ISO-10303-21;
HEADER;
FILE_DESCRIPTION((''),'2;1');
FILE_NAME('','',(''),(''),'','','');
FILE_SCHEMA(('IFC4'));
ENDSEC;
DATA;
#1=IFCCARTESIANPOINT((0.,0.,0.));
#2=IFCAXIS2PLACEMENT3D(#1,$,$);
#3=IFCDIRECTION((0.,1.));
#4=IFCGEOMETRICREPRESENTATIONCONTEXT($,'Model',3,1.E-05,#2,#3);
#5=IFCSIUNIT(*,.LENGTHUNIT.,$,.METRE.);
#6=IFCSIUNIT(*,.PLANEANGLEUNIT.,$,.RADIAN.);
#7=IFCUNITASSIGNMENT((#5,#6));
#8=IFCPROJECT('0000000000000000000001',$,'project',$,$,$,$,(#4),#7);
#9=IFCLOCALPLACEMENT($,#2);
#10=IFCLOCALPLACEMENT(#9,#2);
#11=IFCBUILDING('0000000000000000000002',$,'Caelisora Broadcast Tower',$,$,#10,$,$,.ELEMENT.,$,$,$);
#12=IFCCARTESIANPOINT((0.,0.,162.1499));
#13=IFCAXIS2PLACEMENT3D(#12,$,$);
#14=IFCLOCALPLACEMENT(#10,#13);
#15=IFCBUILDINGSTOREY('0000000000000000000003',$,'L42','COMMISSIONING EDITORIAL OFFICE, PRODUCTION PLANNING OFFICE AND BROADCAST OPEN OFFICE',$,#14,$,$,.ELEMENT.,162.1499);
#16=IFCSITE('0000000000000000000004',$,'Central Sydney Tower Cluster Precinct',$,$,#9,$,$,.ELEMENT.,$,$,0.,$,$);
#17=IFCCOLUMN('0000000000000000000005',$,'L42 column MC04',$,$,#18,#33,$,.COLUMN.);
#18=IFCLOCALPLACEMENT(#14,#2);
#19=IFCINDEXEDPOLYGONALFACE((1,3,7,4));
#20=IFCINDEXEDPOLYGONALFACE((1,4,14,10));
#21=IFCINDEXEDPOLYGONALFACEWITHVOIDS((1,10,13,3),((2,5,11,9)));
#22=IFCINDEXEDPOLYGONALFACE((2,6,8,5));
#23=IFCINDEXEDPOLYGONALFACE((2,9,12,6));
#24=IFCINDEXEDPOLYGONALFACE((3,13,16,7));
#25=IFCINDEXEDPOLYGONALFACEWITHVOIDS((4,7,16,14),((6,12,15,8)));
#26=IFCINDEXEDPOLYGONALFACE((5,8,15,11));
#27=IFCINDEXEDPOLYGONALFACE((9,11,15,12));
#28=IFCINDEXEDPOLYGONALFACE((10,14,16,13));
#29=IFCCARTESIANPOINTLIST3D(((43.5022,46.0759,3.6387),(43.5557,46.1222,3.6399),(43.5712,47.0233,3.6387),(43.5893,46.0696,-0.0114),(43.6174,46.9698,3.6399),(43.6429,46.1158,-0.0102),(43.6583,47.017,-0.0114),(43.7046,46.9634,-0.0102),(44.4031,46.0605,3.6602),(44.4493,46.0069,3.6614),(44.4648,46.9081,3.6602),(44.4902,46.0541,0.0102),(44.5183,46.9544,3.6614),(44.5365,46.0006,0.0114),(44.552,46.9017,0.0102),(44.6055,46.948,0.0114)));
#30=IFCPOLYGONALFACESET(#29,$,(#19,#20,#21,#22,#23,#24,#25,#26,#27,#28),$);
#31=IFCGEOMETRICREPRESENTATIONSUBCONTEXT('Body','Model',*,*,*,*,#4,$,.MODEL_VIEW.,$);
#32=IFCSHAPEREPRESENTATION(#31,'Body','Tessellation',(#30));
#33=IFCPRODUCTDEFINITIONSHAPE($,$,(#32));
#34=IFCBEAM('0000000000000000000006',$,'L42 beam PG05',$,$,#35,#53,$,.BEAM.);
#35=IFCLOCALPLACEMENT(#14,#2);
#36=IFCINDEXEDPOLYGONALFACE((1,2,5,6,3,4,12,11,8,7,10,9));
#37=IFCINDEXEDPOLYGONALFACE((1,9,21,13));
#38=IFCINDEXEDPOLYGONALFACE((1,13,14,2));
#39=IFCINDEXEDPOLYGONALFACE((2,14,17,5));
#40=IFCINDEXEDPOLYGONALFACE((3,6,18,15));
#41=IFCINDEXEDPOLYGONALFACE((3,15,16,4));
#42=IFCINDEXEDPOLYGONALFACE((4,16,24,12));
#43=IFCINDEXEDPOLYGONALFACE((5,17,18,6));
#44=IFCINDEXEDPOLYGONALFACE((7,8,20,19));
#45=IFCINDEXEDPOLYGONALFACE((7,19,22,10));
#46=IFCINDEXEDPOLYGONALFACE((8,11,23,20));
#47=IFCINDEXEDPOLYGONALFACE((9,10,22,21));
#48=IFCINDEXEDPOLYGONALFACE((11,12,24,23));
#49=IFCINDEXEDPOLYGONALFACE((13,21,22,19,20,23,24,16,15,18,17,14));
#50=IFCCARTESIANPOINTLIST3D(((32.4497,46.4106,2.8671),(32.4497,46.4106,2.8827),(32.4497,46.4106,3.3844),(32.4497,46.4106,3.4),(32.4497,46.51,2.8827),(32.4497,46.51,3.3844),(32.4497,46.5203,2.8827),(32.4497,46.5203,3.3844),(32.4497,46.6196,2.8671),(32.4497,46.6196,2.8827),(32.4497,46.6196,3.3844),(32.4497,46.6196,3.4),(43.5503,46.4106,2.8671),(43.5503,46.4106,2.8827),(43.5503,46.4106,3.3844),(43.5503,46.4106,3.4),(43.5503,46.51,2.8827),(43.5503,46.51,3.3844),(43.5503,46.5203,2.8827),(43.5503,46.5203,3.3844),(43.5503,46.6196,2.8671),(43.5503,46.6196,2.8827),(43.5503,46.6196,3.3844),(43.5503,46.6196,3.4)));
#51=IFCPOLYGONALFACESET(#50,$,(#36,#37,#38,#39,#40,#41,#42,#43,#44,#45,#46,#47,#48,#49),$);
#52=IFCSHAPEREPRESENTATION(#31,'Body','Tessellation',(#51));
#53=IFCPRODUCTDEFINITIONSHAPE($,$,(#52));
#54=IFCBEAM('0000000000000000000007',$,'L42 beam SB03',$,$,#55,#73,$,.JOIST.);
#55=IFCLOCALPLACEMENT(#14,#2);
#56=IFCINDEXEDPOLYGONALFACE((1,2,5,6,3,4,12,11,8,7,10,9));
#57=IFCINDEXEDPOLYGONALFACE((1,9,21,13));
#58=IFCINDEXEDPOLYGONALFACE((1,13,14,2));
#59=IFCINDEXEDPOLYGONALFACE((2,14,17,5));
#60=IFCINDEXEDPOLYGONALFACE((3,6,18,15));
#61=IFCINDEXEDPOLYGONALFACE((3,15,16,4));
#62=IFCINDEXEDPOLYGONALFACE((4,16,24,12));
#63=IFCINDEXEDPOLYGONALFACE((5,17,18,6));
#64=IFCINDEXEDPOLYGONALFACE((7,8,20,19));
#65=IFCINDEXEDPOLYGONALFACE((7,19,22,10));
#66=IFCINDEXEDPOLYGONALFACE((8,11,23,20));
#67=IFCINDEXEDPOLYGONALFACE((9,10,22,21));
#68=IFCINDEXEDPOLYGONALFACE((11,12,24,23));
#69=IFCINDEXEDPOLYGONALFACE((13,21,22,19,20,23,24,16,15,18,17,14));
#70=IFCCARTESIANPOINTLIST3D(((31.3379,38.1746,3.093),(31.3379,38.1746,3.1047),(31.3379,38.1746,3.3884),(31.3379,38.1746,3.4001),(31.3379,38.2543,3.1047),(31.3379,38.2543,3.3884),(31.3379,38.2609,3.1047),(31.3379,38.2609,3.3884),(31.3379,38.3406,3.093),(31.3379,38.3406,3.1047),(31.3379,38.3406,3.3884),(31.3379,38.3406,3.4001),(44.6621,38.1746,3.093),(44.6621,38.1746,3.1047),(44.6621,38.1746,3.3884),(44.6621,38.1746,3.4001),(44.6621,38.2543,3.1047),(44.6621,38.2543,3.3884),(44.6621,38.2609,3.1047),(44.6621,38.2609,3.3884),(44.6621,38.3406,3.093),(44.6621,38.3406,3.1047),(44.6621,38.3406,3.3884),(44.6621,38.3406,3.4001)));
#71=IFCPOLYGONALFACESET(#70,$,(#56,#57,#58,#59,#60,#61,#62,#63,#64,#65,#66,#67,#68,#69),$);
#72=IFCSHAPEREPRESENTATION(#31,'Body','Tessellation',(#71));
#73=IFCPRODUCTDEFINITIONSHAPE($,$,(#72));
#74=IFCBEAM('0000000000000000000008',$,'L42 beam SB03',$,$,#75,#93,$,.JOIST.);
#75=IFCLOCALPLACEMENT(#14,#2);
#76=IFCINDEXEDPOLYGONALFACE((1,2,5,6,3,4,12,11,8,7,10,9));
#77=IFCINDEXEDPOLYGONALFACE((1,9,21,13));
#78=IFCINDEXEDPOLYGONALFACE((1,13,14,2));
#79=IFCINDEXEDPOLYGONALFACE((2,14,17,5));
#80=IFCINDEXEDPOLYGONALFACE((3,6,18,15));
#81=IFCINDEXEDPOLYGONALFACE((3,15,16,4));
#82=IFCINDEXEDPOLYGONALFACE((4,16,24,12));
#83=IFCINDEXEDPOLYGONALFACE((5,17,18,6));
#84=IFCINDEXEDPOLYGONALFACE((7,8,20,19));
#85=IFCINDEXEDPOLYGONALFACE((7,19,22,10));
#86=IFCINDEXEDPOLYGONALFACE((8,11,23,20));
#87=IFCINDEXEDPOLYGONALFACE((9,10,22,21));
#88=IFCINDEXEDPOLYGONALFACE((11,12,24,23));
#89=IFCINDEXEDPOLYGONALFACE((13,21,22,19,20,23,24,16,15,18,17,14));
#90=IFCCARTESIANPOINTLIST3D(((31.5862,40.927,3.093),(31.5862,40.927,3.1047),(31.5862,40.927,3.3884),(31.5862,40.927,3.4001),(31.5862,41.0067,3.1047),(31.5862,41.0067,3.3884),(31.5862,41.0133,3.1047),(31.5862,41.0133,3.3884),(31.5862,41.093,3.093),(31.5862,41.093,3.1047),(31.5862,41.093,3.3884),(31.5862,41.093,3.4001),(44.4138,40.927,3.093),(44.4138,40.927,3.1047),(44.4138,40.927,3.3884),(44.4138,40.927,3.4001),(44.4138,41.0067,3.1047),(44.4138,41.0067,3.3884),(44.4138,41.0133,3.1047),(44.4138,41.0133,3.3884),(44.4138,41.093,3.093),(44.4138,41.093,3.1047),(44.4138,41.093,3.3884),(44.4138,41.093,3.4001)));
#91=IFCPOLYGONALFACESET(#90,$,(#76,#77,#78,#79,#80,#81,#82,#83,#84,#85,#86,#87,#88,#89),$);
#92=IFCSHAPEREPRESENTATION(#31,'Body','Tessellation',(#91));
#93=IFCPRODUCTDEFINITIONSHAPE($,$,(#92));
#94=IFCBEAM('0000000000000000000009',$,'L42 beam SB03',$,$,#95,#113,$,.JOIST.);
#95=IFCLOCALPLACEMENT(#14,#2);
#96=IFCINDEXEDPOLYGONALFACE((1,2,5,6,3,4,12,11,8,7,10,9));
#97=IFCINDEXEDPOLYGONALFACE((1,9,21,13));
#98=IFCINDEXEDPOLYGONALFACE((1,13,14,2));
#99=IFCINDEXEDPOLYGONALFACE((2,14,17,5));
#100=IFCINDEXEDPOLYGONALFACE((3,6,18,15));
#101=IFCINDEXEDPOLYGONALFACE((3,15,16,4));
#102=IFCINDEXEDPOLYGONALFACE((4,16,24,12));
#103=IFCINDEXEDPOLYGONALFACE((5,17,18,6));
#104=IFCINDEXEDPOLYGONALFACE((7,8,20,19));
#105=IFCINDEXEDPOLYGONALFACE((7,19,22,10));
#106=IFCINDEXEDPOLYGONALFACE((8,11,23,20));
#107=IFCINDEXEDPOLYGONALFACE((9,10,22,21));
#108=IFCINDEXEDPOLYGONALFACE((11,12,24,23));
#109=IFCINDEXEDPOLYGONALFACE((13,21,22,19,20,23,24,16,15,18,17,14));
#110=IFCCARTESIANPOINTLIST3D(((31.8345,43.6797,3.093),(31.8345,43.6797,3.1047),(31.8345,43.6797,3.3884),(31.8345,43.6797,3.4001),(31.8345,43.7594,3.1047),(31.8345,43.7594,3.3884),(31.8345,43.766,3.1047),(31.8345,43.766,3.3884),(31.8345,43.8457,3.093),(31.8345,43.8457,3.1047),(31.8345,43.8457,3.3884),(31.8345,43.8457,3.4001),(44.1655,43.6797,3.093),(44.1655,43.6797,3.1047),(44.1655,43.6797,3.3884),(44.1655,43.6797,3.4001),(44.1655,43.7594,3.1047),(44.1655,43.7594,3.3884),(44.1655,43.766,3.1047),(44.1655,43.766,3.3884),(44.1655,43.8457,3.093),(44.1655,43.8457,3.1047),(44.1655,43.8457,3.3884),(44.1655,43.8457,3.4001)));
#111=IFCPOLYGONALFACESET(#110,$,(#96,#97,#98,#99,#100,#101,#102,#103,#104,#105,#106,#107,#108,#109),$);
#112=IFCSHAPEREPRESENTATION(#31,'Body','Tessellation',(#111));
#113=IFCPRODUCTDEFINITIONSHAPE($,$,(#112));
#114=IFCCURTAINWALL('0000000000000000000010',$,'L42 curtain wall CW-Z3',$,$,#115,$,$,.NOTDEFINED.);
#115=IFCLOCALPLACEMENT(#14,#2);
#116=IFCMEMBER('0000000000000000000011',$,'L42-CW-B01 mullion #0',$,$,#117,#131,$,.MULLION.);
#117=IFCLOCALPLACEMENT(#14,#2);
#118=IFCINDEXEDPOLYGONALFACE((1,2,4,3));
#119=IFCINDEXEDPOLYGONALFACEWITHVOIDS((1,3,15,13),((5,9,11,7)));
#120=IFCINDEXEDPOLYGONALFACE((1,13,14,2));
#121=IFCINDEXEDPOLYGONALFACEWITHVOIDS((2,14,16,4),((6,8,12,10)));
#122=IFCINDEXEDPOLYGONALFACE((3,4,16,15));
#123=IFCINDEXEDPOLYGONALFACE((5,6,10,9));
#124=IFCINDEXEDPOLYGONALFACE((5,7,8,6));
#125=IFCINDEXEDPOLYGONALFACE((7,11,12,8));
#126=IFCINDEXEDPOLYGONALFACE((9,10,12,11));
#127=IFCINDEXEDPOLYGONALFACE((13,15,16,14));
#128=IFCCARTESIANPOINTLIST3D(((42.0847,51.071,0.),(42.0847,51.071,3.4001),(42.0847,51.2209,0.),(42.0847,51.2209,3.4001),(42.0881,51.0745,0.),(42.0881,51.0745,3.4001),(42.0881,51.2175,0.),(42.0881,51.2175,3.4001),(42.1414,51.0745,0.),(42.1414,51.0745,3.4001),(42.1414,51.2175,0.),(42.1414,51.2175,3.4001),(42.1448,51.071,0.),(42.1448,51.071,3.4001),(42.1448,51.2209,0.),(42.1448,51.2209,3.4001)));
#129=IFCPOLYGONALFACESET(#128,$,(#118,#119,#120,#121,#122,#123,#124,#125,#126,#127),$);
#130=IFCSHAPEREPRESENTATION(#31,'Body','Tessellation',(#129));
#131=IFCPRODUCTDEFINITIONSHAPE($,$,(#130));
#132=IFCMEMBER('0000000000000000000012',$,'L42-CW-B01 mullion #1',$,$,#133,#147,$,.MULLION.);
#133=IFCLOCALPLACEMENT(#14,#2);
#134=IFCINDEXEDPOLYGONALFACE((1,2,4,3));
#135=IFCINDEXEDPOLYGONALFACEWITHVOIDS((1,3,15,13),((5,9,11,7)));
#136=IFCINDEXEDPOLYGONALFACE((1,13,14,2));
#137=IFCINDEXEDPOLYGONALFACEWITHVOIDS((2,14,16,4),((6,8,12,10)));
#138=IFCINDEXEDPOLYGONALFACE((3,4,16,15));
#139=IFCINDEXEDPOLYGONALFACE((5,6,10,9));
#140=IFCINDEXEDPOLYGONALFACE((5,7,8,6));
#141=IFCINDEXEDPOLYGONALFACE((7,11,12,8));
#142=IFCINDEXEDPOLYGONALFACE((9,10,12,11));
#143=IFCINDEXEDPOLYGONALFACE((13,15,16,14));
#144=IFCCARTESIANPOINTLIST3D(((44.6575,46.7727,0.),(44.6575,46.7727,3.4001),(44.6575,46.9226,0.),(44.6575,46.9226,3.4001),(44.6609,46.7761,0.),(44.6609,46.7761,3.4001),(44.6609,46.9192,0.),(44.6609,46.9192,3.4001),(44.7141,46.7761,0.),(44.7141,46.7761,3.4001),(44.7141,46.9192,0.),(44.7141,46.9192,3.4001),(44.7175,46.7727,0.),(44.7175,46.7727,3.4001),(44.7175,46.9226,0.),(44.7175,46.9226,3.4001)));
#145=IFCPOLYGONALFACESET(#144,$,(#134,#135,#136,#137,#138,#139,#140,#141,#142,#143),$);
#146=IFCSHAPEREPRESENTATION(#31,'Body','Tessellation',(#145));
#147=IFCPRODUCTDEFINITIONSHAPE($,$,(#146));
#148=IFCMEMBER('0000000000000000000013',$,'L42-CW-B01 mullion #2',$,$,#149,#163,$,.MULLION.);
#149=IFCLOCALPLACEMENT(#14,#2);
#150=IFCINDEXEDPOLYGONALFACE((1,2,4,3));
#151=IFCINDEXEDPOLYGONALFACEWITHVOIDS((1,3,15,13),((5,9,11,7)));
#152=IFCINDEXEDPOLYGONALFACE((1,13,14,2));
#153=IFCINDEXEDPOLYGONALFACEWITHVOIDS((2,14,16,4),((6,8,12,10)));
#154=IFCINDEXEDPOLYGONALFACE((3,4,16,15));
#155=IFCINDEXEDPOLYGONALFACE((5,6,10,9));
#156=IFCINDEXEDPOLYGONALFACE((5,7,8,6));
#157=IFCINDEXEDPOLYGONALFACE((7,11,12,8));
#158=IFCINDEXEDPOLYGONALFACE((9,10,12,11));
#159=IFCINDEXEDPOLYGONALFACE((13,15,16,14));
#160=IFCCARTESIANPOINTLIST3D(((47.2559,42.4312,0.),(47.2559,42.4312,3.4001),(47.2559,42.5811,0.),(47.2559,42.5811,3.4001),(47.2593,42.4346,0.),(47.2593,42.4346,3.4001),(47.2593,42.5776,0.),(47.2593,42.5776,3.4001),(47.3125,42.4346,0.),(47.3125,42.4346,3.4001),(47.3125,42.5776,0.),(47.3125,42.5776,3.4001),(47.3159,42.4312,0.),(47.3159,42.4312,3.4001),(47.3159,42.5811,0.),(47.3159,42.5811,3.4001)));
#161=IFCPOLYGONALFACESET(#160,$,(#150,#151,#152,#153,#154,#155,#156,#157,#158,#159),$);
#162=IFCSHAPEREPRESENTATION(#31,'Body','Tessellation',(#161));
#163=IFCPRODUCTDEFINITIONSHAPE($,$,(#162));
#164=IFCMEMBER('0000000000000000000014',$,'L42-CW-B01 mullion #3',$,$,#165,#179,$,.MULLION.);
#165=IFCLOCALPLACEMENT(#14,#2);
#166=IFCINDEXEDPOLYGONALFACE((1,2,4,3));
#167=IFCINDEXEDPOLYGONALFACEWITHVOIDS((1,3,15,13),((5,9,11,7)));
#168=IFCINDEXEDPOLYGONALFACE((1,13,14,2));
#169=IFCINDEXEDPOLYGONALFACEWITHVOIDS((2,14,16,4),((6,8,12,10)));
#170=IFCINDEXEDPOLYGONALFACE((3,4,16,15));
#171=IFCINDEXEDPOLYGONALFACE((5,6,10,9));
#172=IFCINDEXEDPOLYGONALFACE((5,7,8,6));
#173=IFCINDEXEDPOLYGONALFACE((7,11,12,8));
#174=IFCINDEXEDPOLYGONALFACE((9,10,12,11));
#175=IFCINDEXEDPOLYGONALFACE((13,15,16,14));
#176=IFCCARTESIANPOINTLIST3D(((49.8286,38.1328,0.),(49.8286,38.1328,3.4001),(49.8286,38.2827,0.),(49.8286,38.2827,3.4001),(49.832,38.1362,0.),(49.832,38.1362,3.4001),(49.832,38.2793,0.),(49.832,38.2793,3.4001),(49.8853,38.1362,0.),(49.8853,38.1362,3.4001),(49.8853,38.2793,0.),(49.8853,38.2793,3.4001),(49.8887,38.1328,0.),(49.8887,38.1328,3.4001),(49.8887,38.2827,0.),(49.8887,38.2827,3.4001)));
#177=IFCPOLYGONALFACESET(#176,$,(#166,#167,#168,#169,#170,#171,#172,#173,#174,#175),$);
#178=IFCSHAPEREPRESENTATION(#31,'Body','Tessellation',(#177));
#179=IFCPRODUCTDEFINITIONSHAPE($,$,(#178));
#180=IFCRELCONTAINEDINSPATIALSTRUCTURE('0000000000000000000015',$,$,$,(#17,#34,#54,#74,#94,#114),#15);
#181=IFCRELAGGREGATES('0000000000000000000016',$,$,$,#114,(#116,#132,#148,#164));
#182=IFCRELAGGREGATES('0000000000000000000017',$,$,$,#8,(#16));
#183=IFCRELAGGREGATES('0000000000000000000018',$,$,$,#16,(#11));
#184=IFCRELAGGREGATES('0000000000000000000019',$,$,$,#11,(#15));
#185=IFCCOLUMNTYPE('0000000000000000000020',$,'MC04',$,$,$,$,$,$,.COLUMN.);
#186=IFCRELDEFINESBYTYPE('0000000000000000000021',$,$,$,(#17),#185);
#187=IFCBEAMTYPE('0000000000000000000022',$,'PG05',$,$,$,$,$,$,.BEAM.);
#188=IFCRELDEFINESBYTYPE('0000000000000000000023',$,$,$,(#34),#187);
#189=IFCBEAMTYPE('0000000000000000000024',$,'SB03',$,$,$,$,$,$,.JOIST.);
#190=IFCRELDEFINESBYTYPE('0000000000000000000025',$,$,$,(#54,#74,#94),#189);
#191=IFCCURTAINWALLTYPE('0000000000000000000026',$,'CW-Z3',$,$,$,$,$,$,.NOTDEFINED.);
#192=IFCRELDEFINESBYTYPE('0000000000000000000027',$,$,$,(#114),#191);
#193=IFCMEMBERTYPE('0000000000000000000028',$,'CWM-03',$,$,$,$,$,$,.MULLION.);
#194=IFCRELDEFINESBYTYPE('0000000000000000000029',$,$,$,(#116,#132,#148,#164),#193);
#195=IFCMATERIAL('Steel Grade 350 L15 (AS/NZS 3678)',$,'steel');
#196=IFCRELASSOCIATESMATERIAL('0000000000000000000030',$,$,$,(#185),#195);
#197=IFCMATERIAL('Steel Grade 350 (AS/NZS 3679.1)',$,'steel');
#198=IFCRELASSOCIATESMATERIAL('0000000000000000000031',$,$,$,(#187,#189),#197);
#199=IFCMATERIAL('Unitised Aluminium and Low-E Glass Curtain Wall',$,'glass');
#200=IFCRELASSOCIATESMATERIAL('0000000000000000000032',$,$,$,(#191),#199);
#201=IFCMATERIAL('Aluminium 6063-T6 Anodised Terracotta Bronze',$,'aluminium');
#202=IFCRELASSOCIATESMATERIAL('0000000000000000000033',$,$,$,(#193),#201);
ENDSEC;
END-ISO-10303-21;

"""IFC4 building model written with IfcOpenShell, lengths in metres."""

from ifc_helpers import new_model, si_unit, direction, frame, origin, origin_2d, place, context, subcontext, project, spatial, hollow_rectangle, i_section, extrude, source, transform, mapped, material, material_profile, profile_set, type_object, type_shapes, element, aggregate, save


model = new_model("IFC4")

# Units and contexts
model_context = context("Model", 3, precision=1e-05, world=origin(), true_north=direction((0.0, 1.0)))
body_context = subcontext(model_context, "Body", "Model", "MODEL_VIEW")
ifc_project = project(units=[si_unit("LENGTHUNIT", "METRE"), si_unit("PLANEANGLEUNIT", "RADIAN")], contexts=[model_context])

# Site, building, storey
site_placement = place(None, origin())
site = spatial("IfcSite", under=ifc_project, at=site_placement, Name="Central Sydney Tower Cluster Precinct", CompositionType="ELEMENT", RefElevation=0.0)
building_placement = place(site_placement, origin())
building = spatial("IfcBuilding", under=site, at=building_placement, Name="Caelisora Broadcast Tower", CompositionType="ELEMENT")
storey_placement = place(building_placement, frame((0.0, 0.0, 162.1499)))
storey = spatial("IfcBuildingStorey", under=building, at=storey_placement, Name="L42", Description="COMMISSIONING EDITORIAL OFFICE, PRODUCTION PLANNING OFFICE AND BROADCAST OPEN OFFICE", CompositionType="ELEMENT", Elevation=162.1499)

# Column
ifc_material_1 = material(Name="Steel Grade 350 L15 (AS/NZS 3678)", Category="steel")
ifc_material_profile_1 = material_profile(ifc_material_1, hollow_rectangle(XDim=0.95, YDim=0.95, WallThickness=0.05, at=origin_2d()), Name="Steel Grade 350 L15 (AS/NZS 3678)")
ifc_profile_set_1 = profile_set([ifc_material_profile_1], Name="Steel Grade 350 L15 (AS/NZS 3678)")
column_type = type_object("IfcColumnType", Name="MC04", PredefinedType="COLUMN", material=ifc_profile_set_1)
shared_shape_1 = source(origin(), body_context, "Body", "SweptSolid", [
    extrude(hollow_rectangle(XDim=0.95, YDim=0.95, WallThickness=0.05, at=origin_2d()), origin(), (0.0, 0.0, 1.0), 3.6511),
])
type_shapes(column_type, [shared_shape_1])
column_placement = place(storey_placement, frame((44.0974, 46.5088, 0.0), z_axis=(-0.023871, 0.001739, 0.999714), x_axis=(-0.072637, -0.997358, 0.0)))
element("IfcColumn", 1, at=column_placement, inside=storey, type_object=column_type, Name="L42 column MC04", PredefinedType="COLUMN", context=body_context, shape_type="MappedRepresentation", body=[
    mapped(shared_shape_1, transform((0.0, 0.0, 0.0), scale=1.0)),
])

# Beams
ifc_material_2 = material(Name="Steel Grade 350 (AS/NZS 3679.1)", Category="steel")
ifc_material_profile_2 = material_profile(ifc_material_2, i_section(OverallWidth=0.209, OverallDepth=0.533, WebThickness=0.0103, FlangeThickness=0.0156, at=origin_2d()), Name="Steel Grade 350 (AS/NZS 3679.1)")
ifc_profile_set_2 = profile_set([ifc_material_profile_2], Name="Steel Grade 350 (AS/NZS 3679.1)")
beam_type_1 = type_object("IfcBeamType", Name="PG05", PredefinedType="BEAM", material=ifc_profile_set_2)
shared_shape_2 = source(origin(), body_context, "Body", "SweptSolid", [
    extrude(i_section(OverallWidth=0.209, OverallDepth=0.533, WebThickness=0.0103, FlangeThickness=0.0156, at=origin_2d()), origin(), (0.0, 0.0, 1.0), 11.1006),
])
type_shapes(beam_type_1, [shared_shape_2])
beam_1_placement = place(storey_placement, frame((43.5503, 46.5151, 3.1335), z_axis=(-1.0, 0.0, 0.0), x_axis=(0.0, -1.0, 0.0)))
element("IfcBeam", 2, at=beam_1_placement, inside=storey, type_object=beam_type_1, Name="L42 beam PG05", PredefinedType="BEAM", context=body_context, shape_type="MappedRepresentation", body=[
    mapped(shared_shape_2, transform((0.0, 0.0, 0.0), scale=1.0)),
])
ifc_material_profile_3 = material_profile(ifc_material_2, i_section(OverallWidth=0.166, OverallDepth=0.3071, WebThickness=0.0066, FlangeThickness=0.0117, at=origin_2d()), Name="Steel Grade 350 (AS/NZS 3679.1)")
ifc_profile_set_3 = profile_set([ifc_material_profile_3], Name="Steel Grade 350 (AS/NZS 3679.1)")
beam_type_2 = type_object("IfcBeamType", Name="SB03", PredefinedType="JOIST", material=ifc_profile_set_3)
shared_shape_3 = source(origin(), body_context, "Body", "SweptSolid", [
    extrude(i_section(OverallWidth=0.166, OverallDepth=0.3071, WebThickness=0.0066, FlangeThickness=0.0117, at=origin_2d()), origin(), (0.0, 0.0, 1.0), 13.3242),
])
beam_2_placement = place(storey_placement, frame((44.6621, 38.2576, 3.2466), z_axis=(-1.0, 0.0, 0.0), x_axis=(0.0, -1.0, 0.0)))
element("IfcBeam", 3, at=beam_2_placement, inside=storey, type_object=beam_type_2, Name="L42 beam SB03", PredefinedType="JOIST", context=body_context, shape_type="MappedRepresentation", body=[
    mapped(shared_shape_3, transform((0.0, 0.0, 0.0), scale=1.0)),
])
shared_shape_4 = source(origin(), body_context, "Body", "SweptSolid", [
    extrude(i_section(OverallWidth=0.166, OverallDepth=0.3071, WebThickness=0.0066, FlangeThickness=0.0117, at=origin_2d()), origin(), (0.0, 0.0, 1.0), 12.8276),
])
beam_3_placement = place(storey_placement, frame((44.4138, 41.01, 3.2466), z_axis=(-1.0, 0.0, 0.0), x_axis=(0.0, -1.0, 0.0)))
element("IfcBeam", 4, at=beam_3_placement, inside=storey, type_object=beam_type_2, Name="L42 beam SB03", PredefinedType="JOIST", context=body_context, shape_type="MappedRepresentation", body=[
    mapped(shared_shape_4, transform((0.0, 0.0, 0.0), scale=1.0)),
])
shared_shape_5 = source(origin(), body_context, "Body", "SweptSolid", [
    extrude(i_section(OverallWidth=0.166, OverallDepth=0.3071, WebThickness=0.0066, FlangeThickness=0.0117, at=origin_2d()), origin(), (0.0, 0.0, 1.0), 12.3311),
])
type_shapes(beam_type_2, [shared_shape_3, shared_shape_4, shared_shape_5])
beam_4_placement = place(storey_placement, frame((44.1655, 43.7627, 3.2466), z_axis=(-1.0, 0.0, 0.0), x_axis=(0.0, -1.0, 0.0)))
element("IfcBeam", 5, at=beam_4_placement, inside=storey, type_object=beam_type_2, Name="L42 beam SB03", PredefinedType="JOIST", context=body_context, shape_type="MappedRepresentation", body=[
    mapped(shared_shape_5, transform((0.0, 0.0, 0.0), scale=1.0)),
])

# Curtain wall, members
ifc_material_3 = material(Name="Unitised Aluminium and Low-E Glass Curtain Wall", Category="glass")
curtain_wall_type_1 = type_object("IfcCurtainWallType", Name="CW-Z3", PredefinedType="NOTDEFINED", material=ifc_material_3)
curtain_wall_1_placement = place(storey_placement, origin())
curtain_wall_1 = element("IfcCurtainWall", 6, at=curtain_wall_1_placement, inside=storey, type_object=curtain_wall_type_1, Name="L42 curtain wall CW-Z3", PredefinedType="NOTDEFINED")
ifc_material_4 = material(Name="Aluminium 6063-T6 Anodised Terracotta Bronze", Category="aluminium")
ifc_material_profile_4 = material_profile(ifc_material_4, hollow_rectangle(XDim=0.0601, YDim=0.1499, WallThickness=0.0034, at=origin_2d()), Name="Aluminium 6063-T6 Anodised Terracotta Bronze")
ifc_profile_set_4 = profile_set([ifc_material_profile_4], Name="Aluminium 6063-T6 Anodised Terracotta Bronze")
member_type_1 = type_object("IfcMemberType", Name="CWM-03", PredefinedType="MULLION", material=ifc_profile_set_4)
shared_shape_6 = source(origin(), body_context, "Body", "SweptSolid", [
    extrude(hollow_rectangle(XDim=0.0601, YDim=0.1499, WallThickness=0.0034, at=origin_2d()), origin(), (0.0, 0.0, 1.0), 3.4001),
])
type_shapes(member_type_1, [shared_shape_6])
member_1_placement = place(storey_placement, frame((42.1147, 51.146, 0.0), z_axis=(0.0, 0.0, 1.0), x_axis=(1.0, 0.0, 0.0)))
member_1 = element("IfcMember", 7, at=member_1_placement, type_object=member_type_1, Name="L42-CW-B01 mullion #0", PredefinedType="MULLION", context=body_context, shape_type="MappedRepresentation", body=[
    mapped(shared_shape_6, transform((0.0, 0.0, 0.0), scale=1.0)),
])
member_2_placement = place(storey_placement, frame((44.6875, 46.8477, 0.0), z_axis=(0.0, 0.0, 1.0), x_axis=(1.0, 0.0, 0.0)))
member_2 = element("IfcMember", 8, at=member_2_placement, type_object=member_type_1, Name="L42-CW-B01 mullion #1", PredefinedType="MULLION", context=body_context, shape_type="MappedRepresentation", body=[
    mapped(shared_shape_6, transform((0.0, 0.0, 0.0), scale=1.0)),
])
member_3_placement = place(storey_placement, frame((47.2859, 42.5061, 0.0), z_axis=(0.0, 0.0, 1.0), x_axis=(1.0, 0.0, 0.0)))
member_3 = element("IfcMember", 9, at=member_3_placement, type_object=member_type_1, Name="L42-CW-B01 mullion #2", PredefinedType="MULLION", context=body_context, shape_type="MappedRepresentation", body=[
    mapped(shared_shape_6, transform((0.0, 0.0, 0.0), scale=1.0)),
])
member_4_placement = place(storey_placement, frame((49.8586, 38.2078, 0.0), z_axis=(0.0, 0.0, 1.0), x_axis=(1.0, 0.0, 0.0)))
member_4 = element("IfcMember", 10, at=member_4_placement, type_object=member_type_1, Name="L42-CW-B01 mullion #3", PredefinedType="MULLION", context=body_context, shape_type="MappedRepresentation", body=[
    mapped(shared_shape_6, transform((0.0, 0.0, 0.0), scale=1.0)),
])

aggregate(curtain_wall_1, [member_1, member_2, member_3, member_4])

save(model, "model.ifc")
